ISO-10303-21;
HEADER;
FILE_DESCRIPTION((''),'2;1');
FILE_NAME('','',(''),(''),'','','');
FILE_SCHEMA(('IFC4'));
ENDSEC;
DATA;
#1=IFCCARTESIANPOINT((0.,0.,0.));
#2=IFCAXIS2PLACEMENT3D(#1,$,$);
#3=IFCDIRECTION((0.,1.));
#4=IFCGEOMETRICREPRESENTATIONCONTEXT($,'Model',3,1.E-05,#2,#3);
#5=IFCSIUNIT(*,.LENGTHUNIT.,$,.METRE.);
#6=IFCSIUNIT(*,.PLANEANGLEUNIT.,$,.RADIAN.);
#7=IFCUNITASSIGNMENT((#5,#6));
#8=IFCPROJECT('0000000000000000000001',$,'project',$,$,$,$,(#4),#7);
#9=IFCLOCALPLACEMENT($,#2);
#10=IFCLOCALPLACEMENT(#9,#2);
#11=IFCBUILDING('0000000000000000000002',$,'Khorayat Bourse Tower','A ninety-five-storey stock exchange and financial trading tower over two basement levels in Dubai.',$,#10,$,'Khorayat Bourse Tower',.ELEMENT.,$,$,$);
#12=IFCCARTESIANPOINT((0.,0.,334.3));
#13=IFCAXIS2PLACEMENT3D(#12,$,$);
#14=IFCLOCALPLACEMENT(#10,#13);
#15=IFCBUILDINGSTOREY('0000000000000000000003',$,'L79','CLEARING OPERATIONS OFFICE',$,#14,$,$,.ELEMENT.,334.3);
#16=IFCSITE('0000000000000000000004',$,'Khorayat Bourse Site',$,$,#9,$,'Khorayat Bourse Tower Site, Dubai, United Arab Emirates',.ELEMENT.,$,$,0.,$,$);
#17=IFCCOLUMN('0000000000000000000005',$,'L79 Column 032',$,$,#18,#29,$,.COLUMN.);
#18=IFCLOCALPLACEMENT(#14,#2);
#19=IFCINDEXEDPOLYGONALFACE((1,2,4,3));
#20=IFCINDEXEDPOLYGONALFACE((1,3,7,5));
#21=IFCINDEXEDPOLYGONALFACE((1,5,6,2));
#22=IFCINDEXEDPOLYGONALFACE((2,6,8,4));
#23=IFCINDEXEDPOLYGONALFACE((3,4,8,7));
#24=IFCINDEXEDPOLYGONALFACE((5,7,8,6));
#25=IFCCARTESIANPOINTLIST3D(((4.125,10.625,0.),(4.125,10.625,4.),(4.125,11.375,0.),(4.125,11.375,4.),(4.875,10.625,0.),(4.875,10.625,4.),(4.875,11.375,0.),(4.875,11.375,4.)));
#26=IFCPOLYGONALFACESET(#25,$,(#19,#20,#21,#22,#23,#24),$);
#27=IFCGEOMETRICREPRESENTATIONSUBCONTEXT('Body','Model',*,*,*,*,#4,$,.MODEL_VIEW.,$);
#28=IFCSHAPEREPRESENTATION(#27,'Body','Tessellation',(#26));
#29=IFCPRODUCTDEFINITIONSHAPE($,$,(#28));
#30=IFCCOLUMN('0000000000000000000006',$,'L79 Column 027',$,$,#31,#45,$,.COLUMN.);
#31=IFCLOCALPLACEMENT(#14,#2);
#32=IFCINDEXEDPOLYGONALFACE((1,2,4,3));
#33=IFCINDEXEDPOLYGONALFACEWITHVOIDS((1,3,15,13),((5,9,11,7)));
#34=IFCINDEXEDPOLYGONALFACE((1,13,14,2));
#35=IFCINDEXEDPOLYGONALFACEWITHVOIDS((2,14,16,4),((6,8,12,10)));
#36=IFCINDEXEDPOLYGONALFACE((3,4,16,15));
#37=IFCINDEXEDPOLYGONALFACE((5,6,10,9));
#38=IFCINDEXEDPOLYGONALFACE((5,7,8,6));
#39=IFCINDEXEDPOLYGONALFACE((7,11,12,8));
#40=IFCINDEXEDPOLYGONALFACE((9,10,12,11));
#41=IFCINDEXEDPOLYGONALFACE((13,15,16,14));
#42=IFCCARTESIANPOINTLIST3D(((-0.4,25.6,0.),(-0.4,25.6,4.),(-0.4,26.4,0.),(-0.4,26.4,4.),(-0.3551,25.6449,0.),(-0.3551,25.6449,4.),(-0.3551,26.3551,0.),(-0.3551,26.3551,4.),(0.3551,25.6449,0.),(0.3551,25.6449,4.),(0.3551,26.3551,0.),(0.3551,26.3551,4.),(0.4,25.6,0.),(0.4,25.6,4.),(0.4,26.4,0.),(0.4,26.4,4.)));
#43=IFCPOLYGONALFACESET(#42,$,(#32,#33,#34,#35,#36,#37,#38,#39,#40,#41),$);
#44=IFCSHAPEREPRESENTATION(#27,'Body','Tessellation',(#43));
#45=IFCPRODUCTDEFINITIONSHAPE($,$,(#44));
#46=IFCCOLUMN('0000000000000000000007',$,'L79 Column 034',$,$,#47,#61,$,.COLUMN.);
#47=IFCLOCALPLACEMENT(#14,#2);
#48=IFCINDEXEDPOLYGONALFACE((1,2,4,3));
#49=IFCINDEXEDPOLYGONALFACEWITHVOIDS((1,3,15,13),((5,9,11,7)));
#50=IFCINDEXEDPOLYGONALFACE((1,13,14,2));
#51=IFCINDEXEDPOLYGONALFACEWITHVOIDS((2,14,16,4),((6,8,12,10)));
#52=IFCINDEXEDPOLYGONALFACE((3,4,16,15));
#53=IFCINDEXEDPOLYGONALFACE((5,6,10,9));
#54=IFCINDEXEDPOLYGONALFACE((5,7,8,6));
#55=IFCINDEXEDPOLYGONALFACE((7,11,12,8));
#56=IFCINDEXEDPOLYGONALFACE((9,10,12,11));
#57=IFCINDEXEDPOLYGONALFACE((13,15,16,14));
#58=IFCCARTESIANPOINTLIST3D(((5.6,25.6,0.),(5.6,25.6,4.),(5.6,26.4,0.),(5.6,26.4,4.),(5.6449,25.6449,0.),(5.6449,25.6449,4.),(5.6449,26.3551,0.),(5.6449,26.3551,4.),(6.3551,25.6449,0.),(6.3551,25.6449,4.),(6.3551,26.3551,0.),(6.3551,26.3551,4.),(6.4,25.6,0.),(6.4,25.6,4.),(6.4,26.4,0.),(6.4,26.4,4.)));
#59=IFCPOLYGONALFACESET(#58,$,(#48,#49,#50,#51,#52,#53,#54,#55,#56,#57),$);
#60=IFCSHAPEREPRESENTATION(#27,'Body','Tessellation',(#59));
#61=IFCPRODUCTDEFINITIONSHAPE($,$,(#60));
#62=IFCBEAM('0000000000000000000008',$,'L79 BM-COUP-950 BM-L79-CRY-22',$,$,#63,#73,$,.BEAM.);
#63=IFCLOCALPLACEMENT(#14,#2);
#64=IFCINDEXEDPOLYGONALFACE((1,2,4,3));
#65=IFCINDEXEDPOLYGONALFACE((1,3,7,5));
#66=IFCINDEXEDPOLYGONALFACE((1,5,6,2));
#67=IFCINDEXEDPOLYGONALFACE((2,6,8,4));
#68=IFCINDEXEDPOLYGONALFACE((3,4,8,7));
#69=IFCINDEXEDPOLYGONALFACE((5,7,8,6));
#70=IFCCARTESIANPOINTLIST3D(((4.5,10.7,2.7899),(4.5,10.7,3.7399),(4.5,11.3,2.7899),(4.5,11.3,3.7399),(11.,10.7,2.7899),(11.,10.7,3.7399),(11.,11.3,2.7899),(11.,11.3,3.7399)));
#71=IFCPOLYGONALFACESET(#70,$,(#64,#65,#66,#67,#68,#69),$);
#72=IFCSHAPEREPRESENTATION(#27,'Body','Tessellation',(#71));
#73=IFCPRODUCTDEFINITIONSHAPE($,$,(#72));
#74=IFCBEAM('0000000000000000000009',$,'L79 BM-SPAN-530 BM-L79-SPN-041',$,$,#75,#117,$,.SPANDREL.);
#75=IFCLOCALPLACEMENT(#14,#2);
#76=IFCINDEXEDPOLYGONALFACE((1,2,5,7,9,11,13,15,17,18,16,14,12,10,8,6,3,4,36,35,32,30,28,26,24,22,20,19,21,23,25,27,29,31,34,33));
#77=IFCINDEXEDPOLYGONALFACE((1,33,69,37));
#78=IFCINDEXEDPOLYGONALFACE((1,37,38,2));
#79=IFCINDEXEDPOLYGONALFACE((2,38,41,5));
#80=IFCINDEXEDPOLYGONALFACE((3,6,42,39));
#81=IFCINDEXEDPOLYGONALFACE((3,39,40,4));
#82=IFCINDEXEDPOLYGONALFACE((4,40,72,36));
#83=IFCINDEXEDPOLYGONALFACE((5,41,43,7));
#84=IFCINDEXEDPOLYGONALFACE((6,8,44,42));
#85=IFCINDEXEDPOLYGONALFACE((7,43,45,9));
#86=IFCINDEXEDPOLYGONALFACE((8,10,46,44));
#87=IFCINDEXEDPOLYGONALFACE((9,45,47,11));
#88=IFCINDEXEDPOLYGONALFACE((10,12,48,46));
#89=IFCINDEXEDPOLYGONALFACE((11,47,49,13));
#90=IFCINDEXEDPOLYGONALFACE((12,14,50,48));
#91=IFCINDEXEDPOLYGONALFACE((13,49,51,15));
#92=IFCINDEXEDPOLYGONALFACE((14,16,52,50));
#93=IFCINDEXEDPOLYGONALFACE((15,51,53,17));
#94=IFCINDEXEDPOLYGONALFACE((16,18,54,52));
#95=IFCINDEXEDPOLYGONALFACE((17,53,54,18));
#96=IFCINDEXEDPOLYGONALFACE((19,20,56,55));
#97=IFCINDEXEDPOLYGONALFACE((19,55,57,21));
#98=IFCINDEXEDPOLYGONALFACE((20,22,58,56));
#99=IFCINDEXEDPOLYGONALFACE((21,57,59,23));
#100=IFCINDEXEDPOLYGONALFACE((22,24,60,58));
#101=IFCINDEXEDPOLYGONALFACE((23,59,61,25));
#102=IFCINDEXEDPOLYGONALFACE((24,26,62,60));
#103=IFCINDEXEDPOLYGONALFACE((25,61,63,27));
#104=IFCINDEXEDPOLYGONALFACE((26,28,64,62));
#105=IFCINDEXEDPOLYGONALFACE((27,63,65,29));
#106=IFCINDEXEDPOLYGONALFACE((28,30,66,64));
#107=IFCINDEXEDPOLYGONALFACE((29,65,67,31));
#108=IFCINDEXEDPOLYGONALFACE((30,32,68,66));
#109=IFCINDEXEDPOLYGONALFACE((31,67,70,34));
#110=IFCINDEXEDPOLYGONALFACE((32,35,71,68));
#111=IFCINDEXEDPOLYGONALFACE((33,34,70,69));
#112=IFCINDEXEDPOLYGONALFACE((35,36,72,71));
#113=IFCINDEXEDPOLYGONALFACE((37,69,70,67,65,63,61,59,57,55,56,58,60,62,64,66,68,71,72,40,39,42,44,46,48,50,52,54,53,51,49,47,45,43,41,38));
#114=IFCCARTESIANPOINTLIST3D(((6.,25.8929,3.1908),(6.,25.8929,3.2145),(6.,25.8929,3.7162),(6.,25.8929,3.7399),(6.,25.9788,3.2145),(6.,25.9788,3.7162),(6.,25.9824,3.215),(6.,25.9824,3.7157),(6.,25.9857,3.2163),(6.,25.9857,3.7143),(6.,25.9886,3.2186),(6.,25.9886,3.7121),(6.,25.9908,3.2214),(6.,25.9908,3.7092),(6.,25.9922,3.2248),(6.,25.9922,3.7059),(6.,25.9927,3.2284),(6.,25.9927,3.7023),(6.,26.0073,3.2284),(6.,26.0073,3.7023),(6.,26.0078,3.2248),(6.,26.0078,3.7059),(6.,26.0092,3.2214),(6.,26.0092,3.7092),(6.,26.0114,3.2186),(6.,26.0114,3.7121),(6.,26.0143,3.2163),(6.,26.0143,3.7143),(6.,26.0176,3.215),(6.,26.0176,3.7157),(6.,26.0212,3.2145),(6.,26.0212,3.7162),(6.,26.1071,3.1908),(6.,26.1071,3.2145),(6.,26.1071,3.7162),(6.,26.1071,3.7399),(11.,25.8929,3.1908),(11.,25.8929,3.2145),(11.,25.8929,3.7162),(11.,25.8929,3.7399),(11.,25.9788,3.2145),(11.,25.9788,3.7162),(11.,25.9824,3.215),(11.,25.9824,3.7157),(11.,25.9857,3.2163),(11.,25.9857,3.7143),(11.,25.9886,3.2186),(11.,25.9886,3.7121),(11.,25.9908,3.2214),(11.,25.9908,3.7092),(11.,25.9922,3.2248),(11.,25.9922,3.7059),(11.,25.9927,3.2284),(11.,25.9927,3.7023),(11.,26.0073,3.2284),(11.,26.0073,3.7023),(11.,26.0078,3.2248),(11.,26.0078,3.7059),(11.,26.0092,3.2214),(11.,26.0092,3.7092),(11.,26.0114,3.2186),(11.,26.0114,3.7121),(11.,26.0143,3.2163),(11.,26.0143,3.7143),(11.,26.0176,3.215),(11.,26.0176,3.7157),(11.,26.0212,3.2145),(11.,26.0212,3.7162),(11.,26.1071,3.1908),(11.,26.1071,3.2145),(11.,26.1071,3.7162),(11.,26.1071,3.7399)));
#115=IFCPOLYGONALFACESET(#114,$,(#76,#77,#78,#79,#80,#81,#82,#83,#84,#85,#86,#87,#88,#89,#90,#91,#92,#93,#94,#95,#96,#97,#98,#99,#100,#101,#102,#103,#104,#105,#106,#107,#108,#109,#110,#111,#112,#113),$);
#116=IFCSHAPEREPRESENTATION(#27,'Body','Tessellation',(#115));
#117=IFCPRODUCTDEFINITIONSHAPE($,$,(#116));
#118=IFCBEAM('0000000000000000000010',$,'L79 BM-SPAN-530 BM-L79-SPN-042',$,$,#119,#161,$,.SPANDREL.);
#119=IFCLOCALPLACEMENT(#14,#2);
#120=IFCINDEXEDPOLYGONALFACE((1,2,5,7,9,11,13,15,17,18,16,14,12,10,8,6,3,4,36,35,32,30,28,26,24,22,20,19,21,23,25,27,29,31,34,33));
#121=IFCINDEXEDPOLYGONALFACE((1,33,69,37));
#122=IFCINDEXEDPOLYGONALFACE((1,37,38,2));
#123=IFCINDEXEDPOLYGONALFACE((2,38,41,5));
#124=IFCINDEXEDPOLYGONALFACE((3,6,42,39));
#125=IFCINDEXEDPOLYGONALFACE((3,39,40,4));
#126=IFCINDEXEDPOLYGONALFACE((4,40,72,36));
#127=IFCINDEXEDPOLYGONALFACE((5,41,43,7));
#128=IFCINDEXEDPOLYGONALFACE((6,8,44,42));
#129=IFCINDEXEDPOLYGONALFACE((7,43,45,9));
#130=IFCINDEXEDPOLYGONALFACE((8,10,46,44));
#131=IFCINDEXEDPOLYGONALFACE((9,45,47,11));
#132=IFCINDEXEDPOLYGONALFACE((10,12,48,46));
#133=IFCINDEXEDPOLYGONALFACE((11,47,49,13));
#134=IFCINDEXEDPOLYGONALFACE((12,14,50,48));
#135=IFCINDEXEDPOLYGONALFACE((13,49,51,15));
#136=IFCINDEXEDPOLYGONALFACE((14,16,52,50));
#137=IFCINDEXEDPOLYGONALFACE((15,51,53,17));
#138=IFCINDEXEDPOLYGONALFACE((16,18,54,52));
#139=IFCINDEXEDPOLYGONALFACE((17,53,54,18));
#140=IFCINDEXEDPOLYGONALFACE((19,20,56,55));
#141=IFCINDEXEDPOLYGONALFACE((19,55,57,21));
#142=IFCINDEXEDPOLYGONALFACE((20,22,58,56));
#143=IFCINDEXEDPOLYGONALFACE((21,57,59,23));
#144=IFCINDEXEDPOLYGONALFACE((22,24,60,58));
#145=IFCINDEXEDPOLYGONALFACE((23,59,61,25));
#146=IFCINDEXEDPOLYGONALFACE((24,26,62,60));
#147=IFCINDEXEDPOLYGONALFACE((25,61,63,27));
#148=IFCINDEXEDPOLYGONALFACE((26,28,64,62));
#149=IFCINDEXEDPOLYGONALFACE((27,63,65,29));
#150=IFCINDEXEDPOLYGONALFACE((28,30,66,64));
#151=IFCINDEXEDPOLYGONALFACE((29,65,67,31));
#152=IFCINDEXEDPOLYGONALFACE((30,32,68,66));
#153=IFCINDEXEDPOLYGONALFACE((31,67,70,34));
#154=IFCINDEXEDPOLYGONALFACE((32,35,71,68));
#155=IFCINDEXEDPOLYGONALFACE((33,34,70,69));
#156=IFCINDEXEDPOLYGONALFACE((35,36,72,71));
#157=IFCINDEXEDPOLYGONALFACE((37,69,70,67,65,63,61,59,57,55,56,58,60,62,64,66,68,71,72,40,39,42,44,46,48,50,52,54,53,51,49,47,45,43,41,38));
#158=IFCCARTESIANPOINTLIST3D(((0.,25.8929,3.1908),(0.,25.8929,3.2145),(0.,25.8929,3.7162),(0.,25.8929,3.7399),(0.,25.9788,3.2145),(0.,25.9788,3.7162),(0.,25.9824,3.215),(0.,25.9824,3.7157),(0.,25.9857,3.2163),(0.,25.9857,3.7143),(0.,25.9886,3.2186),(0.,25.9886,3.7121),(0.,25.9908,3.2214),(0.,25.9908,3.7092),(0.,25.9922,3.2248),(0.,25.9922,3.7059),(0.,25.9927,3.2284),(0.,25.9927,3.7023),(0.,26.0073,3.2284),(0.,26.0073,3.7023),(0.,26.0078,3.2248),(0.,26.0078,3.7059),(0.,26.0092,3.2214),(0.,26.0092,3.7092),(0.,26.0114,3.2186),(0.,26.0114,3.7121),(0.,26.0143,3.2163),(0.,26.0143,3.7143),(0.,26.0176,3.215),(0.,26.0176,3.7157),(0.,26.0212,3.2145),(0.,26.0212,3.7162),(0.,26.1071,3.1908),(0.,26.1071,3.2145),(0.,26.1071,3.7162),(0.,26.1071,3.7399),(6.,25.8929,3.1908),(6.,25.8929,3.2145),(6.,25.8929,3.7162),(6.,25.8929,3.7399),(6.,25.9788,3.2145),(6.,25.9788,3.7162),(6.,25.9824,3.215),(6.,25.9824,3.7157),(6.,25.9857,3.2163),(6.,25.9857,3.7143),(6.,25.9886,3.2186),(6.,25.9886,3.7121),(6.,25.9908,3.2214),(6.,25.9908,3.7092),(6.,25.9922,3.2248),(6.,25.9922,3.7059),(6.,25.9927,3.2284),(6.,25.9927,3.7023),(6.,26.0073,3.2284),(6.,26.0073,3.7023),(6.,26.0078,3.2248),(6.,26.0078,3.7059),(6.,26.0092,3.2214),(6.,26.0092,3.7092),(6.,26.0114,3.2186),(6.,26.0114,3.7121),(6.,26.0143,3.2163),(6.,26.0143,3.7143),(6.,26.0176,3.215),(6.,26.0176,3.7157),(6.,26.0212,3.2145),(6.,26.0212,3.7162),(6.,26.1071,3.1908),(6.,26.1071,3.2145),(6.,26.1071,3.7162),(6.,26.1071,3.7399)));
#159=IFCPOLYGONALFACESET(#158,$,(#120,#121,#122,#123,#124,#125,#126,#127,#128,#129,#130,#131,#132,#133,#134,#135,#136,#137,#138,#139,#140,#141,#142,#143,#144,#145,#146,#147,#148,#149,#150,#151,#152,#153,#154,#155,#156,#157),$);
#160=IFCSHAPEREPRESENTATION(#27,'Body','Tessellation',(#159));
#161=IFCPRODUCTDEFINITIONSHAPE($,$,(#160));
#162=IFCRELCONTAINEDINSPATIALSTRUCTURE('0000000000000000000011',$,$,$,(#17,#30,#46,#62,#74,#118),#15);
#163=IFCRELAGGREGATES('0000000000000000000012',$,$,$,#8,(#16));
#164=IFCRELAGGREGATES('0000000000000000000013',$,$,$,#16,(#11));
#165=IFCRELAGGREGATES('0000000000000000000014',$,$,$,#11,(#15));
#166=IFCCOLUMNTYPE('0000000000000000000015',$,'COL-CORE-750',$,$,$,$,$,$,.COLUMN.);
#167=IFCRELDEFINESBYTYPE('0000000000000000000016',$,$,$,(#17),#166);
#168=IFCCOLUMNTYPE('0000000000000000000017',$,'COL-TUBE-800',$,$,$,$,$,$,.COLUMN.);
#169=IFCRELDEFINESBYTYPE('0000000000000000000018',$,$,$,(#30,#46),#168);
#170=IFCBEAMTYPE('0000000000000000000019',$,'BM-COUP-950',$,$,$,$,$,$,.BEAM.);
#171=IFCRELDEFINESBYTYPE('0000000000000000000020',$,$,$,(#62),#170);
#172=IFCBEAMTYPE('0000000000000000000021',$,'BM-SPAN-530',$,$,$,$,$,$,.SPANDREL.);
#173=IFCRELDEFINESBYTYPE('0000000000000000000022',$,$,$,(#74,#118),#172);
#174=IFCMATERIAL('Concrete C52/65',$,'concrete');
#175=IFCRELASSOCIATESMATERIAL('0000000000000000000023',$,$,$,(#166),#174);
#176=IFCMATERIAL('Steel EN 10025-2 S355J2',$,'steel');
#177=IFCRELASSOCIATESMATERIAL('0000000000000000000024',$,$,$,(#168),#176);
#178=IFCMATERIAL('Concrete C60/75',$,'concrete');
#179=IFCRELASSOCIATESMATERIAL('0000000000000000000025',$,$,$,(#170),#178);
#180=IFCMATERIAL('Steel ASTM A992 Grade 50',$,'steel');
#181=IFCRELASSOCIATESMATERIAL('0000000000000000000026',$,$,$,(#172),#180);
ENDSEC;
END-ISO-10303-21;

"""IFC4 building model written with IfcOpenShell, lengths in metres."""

from ifc_helpers import new_model, si_unit, direction, frame, origin, origin_2d, place, context, subcontext, project, spatial, rectangle, hollow_rectangle, i_section, extrude, source, transform, mapped, material, material_profile, profile_set, type_object, element, save


model = new_model("IFC4")

# Units and contexts
model_context = context("Model", 3, precision=1e-05, world=origin(), true_north=direction((0.0, 1.0)))
body_context = subcontext(model_context, "Body", "Model", "MODEL_VIEW")
ifc_project = project(units=[si_unit("LENGTHUNIT", "METRE"), si_unit("PLANEANGLEUNIT", "RADIAN")], contexts=[model_context])

# Site, building, storey
site_placement = place(None, origin())
site = spatial("IfcSite", under=ifc_project, at=site_placement, Name="Khorayat Bourse Site", LongName="Khorayat Bourse Tower Site, Dubai, United Arab Emirates", CompositionType="ELEMENT", RefElevation=0.0)
building_placement = place(site_placement, origin())
building = spatial("IfcBuilding", under=site, at=building_placement, Name="Khorayat Bourse Tower", Description="A ninety-five-storey stock exchange and financial trading tower over two basement levels in Dubai.", LongName="Khorayat Bourse Tower", CompositionType="ELEMENT")
storey_placement = place(building_placement, frame((0.0, 0.0, 334.3)))
storey = spatial("IfcBuildingStorey", under=building, at=storey_placement, Name="L79", Description="CLEARING OPERATIONS OFFICE", CompositionType="ELEMENT", Elevation=334.3)

# Columns
ifc_material_1 = material(Name="Concrete C52/65", Category="concrete")
ifc_material_profile_1 = material_profile(ifc_material_1, rectangle(XDim=0.75, YDim=0.75, at=origin_2d()), Name="RC 750x750")
ifc_profile_set_1 = profile_set([ifc_material_profile_1], Name="Concrete C52/65")
column_type_1 = type_object("IfcColumnType", Name="COL-CORE-750", PredefinedType="COLUMN", material=ifc_profile_set_1)
shared_shape_1 = source(origin(), body_context, "Body", "SweptSolid", [
    extrude(rectangle(XDim=0.75, YDim=0.75, at=origin_2d()), origin(), (0.0, 0.0, 1.0), 4.0),
])
column_placement = place(storey_placement, frame((4.5, 11.0, 0.0), z_axis=(0.0, 0.0, 1.0), x_axis=(1.0, 0.0, 0.0)))
element("IfcColumn", 1, at=column_placement, inside=storey, type_object=column_type_1, Name="L79 Column 032", PredefinedType="COLUMN", context=body_context, shape_type="MappedRepresentation", body=[
    mapped(shared_shape_1, transform((0.0, 0.0, 0.0), scale=1.0)),
])
ifc_material_2 = material(Name="Steel EN 10025-2 S355J2", Category="steel")
ifc_material_profile_2 = material_profile(ifc_material_2, hollow_rectangle(XDim=0.8, YDim=0.8, WallThickness=0.0449, at=origin_2d()), Name="BOX 800x800x45")
ifc_profile_set_2 = profile_set([ifc_material_profile_2], Name="Steel EN 10025-2 S355J2")
column_type_2 = type_object("IfcColumnType", Name="COL-TUBE-800", PredefinedType="COLUMN", material=ifc_profile_set_2)
shared_shape_2 = source(origin(), body_context, "Body", "SweptSolid", [
    extrude(hollow_rectangle(XDim=0.8, YDim=0.8, WallThickness=0.0449, at=origin_2d()), origin(), (0.0, 0.0, 1.0), 4.0),
])
for number, where, z_axis, x_axis, name in (
    (2, (0.0, 26.0, 0.0), (0.0, 0.0, 1.0), (1.0, 0.0, 0.0), "L79 Column 027"),
    (3, (6.0, 26.0, 0.0), (0.0, 0.0, 1.0), (1.0, 0.0, 0.0), "L79 Column 034"),
):
    element("IfcColumn", number, at=place(storey_placement, frame(where, z_axis=z_axis, x_axis=x_axis)), inside=storey, type_object=column_type_2, Name=name, PredefinedType="COLUMN", context=body_context, shape_type="MappedRepresentation", body=[
        mapped(shared_shape_2, transform((0.0, 0.0, 0.0), scale=1.0)),
    ])

# Beams
ifc_material_3 = material(Name="Concrete C60/75", Category="concrete")
ifc_material_profile_3 = material_profile(ifc_material_3, rectangle(XDim=0.6001, YDim=0.95, at=origin_2d()), Name="RC 600x950")
ifc_profile_set_3 = profile_set([ifc_material_profile_3], Name="Concrete C60/75")
beam_type_1 = type_object("IfcBeamType", Name="BM-COUP-950", PredefinedType="BEAM", material=ifc_profile_set_3)
shared_shape_3 = source(origin(), body_context, "Body", "SweptSolid", [
    extrude(rectangle(XDim=0.6001, YDim=0.95, at=origin_2d()), origin(), (0.0, 0.0, 1.0), 6.5),
])
beam_1_placement = place(storey_placement, frame((4.5, 11.0, 3.2649), z_axis=(1.0, 0.0, 0.0), x_axis=(0.0, 1.0, 0.0)))
element("IfcBeam", 4, at=beam_1_placement, inside=storey, type_object=beam_type_1, Name="L79 BM-COUP-950 BM-L79-CRY-22", PredefinedType="BEAM", context=body_context, shape_type="MappedRepresentation", body=[
    mapped(shared_shape_3, transform((0.0, 0.0, 0.0), scale=1.0)),
])
ifc_material_4 = material(Name="Steel ASTM A992 Grade 50", Category="steel")
ifc_material_profile_4 = material_profile(ifc_material_4, i_section(OverallWidth=0.2141, OverallDepth=0.5491, WebThickness=0.0146, FlangeThickness=0.0237, FilletRadius=0.0139, at=origin_2d()), Name="W530X138")
ifc_profile_set_4 = profile_set([ifc_material_profile_4], Name="Steel ASTM A992 Grade 50")
beam_type_2 = type_object("IfcBeamType", Name="BM-SPAN-530", PredefinedType="SPANDREL", material=ifc_profile_set_4)
shared_shape_4 = source(origin(), body_context, "Body", "SweptSolid", [
    extrude(i_section(OverallWidth=0.2141, OverallDepth=0.5491, WebThickness=0.0146, FlangeThickness=0.0237, FilletRadius=0.0139, at=origin_2d()), origin(), (0.0, 0.0, 1.0), 5.0),
])
beam_2_placement = place(storey_placement, frame((6.0, 26.0, 3.4653), z_axis=(1.0, 0.0, 0.0), x_axis=(0.0, 1.0, 0.0)))
element("IfcBeam", 5, at=beam_2_placement, inside=storey, type_object=beam_type_2, Name="L79 BM-SPAN-530 BM-L79-SPN-041", PredefinedType="SPANDREL", context=body_context, shape_type="MappedRepresentation", body=[
    mapped(shared_shape_4, transform((0.0, 0.0, 0.0), scale=1.0)),
])
shared_shape_5 = source(origin(), body_context, "Body", "SweptSolid", [
    extrude(i_section(OverallWidth=0.2141, OverallDepth=0.5491, WebThickness=0.0146, FlangeThickness=0.0237, FilletRadius=0.0139, at=origin_2d()), origin(), (0.0, 0.0, 1.0), 6.0),
])
beam_3_placement = place(storey_placement, frame((0.0, 26.0, 3.4653), z_axis=(1.0, 0.0, 0.0), x_axis=(0.0, 1.0, 0.0)))
element("IfcBeam", 6, at=beam_3_placement, inside=storey, type_object=beam_type_2, Name="L79 BM-SPAN-530 BM-L79-SPN-042", PredefinedType="SPANDREL", context=body_context, shape_type="MappedRepresentation", body=[
    mapped(shared_shape_5, transform((0.0, 0.0, 0.0), scale=1.0)),
])

save(model, "model.ifc")
